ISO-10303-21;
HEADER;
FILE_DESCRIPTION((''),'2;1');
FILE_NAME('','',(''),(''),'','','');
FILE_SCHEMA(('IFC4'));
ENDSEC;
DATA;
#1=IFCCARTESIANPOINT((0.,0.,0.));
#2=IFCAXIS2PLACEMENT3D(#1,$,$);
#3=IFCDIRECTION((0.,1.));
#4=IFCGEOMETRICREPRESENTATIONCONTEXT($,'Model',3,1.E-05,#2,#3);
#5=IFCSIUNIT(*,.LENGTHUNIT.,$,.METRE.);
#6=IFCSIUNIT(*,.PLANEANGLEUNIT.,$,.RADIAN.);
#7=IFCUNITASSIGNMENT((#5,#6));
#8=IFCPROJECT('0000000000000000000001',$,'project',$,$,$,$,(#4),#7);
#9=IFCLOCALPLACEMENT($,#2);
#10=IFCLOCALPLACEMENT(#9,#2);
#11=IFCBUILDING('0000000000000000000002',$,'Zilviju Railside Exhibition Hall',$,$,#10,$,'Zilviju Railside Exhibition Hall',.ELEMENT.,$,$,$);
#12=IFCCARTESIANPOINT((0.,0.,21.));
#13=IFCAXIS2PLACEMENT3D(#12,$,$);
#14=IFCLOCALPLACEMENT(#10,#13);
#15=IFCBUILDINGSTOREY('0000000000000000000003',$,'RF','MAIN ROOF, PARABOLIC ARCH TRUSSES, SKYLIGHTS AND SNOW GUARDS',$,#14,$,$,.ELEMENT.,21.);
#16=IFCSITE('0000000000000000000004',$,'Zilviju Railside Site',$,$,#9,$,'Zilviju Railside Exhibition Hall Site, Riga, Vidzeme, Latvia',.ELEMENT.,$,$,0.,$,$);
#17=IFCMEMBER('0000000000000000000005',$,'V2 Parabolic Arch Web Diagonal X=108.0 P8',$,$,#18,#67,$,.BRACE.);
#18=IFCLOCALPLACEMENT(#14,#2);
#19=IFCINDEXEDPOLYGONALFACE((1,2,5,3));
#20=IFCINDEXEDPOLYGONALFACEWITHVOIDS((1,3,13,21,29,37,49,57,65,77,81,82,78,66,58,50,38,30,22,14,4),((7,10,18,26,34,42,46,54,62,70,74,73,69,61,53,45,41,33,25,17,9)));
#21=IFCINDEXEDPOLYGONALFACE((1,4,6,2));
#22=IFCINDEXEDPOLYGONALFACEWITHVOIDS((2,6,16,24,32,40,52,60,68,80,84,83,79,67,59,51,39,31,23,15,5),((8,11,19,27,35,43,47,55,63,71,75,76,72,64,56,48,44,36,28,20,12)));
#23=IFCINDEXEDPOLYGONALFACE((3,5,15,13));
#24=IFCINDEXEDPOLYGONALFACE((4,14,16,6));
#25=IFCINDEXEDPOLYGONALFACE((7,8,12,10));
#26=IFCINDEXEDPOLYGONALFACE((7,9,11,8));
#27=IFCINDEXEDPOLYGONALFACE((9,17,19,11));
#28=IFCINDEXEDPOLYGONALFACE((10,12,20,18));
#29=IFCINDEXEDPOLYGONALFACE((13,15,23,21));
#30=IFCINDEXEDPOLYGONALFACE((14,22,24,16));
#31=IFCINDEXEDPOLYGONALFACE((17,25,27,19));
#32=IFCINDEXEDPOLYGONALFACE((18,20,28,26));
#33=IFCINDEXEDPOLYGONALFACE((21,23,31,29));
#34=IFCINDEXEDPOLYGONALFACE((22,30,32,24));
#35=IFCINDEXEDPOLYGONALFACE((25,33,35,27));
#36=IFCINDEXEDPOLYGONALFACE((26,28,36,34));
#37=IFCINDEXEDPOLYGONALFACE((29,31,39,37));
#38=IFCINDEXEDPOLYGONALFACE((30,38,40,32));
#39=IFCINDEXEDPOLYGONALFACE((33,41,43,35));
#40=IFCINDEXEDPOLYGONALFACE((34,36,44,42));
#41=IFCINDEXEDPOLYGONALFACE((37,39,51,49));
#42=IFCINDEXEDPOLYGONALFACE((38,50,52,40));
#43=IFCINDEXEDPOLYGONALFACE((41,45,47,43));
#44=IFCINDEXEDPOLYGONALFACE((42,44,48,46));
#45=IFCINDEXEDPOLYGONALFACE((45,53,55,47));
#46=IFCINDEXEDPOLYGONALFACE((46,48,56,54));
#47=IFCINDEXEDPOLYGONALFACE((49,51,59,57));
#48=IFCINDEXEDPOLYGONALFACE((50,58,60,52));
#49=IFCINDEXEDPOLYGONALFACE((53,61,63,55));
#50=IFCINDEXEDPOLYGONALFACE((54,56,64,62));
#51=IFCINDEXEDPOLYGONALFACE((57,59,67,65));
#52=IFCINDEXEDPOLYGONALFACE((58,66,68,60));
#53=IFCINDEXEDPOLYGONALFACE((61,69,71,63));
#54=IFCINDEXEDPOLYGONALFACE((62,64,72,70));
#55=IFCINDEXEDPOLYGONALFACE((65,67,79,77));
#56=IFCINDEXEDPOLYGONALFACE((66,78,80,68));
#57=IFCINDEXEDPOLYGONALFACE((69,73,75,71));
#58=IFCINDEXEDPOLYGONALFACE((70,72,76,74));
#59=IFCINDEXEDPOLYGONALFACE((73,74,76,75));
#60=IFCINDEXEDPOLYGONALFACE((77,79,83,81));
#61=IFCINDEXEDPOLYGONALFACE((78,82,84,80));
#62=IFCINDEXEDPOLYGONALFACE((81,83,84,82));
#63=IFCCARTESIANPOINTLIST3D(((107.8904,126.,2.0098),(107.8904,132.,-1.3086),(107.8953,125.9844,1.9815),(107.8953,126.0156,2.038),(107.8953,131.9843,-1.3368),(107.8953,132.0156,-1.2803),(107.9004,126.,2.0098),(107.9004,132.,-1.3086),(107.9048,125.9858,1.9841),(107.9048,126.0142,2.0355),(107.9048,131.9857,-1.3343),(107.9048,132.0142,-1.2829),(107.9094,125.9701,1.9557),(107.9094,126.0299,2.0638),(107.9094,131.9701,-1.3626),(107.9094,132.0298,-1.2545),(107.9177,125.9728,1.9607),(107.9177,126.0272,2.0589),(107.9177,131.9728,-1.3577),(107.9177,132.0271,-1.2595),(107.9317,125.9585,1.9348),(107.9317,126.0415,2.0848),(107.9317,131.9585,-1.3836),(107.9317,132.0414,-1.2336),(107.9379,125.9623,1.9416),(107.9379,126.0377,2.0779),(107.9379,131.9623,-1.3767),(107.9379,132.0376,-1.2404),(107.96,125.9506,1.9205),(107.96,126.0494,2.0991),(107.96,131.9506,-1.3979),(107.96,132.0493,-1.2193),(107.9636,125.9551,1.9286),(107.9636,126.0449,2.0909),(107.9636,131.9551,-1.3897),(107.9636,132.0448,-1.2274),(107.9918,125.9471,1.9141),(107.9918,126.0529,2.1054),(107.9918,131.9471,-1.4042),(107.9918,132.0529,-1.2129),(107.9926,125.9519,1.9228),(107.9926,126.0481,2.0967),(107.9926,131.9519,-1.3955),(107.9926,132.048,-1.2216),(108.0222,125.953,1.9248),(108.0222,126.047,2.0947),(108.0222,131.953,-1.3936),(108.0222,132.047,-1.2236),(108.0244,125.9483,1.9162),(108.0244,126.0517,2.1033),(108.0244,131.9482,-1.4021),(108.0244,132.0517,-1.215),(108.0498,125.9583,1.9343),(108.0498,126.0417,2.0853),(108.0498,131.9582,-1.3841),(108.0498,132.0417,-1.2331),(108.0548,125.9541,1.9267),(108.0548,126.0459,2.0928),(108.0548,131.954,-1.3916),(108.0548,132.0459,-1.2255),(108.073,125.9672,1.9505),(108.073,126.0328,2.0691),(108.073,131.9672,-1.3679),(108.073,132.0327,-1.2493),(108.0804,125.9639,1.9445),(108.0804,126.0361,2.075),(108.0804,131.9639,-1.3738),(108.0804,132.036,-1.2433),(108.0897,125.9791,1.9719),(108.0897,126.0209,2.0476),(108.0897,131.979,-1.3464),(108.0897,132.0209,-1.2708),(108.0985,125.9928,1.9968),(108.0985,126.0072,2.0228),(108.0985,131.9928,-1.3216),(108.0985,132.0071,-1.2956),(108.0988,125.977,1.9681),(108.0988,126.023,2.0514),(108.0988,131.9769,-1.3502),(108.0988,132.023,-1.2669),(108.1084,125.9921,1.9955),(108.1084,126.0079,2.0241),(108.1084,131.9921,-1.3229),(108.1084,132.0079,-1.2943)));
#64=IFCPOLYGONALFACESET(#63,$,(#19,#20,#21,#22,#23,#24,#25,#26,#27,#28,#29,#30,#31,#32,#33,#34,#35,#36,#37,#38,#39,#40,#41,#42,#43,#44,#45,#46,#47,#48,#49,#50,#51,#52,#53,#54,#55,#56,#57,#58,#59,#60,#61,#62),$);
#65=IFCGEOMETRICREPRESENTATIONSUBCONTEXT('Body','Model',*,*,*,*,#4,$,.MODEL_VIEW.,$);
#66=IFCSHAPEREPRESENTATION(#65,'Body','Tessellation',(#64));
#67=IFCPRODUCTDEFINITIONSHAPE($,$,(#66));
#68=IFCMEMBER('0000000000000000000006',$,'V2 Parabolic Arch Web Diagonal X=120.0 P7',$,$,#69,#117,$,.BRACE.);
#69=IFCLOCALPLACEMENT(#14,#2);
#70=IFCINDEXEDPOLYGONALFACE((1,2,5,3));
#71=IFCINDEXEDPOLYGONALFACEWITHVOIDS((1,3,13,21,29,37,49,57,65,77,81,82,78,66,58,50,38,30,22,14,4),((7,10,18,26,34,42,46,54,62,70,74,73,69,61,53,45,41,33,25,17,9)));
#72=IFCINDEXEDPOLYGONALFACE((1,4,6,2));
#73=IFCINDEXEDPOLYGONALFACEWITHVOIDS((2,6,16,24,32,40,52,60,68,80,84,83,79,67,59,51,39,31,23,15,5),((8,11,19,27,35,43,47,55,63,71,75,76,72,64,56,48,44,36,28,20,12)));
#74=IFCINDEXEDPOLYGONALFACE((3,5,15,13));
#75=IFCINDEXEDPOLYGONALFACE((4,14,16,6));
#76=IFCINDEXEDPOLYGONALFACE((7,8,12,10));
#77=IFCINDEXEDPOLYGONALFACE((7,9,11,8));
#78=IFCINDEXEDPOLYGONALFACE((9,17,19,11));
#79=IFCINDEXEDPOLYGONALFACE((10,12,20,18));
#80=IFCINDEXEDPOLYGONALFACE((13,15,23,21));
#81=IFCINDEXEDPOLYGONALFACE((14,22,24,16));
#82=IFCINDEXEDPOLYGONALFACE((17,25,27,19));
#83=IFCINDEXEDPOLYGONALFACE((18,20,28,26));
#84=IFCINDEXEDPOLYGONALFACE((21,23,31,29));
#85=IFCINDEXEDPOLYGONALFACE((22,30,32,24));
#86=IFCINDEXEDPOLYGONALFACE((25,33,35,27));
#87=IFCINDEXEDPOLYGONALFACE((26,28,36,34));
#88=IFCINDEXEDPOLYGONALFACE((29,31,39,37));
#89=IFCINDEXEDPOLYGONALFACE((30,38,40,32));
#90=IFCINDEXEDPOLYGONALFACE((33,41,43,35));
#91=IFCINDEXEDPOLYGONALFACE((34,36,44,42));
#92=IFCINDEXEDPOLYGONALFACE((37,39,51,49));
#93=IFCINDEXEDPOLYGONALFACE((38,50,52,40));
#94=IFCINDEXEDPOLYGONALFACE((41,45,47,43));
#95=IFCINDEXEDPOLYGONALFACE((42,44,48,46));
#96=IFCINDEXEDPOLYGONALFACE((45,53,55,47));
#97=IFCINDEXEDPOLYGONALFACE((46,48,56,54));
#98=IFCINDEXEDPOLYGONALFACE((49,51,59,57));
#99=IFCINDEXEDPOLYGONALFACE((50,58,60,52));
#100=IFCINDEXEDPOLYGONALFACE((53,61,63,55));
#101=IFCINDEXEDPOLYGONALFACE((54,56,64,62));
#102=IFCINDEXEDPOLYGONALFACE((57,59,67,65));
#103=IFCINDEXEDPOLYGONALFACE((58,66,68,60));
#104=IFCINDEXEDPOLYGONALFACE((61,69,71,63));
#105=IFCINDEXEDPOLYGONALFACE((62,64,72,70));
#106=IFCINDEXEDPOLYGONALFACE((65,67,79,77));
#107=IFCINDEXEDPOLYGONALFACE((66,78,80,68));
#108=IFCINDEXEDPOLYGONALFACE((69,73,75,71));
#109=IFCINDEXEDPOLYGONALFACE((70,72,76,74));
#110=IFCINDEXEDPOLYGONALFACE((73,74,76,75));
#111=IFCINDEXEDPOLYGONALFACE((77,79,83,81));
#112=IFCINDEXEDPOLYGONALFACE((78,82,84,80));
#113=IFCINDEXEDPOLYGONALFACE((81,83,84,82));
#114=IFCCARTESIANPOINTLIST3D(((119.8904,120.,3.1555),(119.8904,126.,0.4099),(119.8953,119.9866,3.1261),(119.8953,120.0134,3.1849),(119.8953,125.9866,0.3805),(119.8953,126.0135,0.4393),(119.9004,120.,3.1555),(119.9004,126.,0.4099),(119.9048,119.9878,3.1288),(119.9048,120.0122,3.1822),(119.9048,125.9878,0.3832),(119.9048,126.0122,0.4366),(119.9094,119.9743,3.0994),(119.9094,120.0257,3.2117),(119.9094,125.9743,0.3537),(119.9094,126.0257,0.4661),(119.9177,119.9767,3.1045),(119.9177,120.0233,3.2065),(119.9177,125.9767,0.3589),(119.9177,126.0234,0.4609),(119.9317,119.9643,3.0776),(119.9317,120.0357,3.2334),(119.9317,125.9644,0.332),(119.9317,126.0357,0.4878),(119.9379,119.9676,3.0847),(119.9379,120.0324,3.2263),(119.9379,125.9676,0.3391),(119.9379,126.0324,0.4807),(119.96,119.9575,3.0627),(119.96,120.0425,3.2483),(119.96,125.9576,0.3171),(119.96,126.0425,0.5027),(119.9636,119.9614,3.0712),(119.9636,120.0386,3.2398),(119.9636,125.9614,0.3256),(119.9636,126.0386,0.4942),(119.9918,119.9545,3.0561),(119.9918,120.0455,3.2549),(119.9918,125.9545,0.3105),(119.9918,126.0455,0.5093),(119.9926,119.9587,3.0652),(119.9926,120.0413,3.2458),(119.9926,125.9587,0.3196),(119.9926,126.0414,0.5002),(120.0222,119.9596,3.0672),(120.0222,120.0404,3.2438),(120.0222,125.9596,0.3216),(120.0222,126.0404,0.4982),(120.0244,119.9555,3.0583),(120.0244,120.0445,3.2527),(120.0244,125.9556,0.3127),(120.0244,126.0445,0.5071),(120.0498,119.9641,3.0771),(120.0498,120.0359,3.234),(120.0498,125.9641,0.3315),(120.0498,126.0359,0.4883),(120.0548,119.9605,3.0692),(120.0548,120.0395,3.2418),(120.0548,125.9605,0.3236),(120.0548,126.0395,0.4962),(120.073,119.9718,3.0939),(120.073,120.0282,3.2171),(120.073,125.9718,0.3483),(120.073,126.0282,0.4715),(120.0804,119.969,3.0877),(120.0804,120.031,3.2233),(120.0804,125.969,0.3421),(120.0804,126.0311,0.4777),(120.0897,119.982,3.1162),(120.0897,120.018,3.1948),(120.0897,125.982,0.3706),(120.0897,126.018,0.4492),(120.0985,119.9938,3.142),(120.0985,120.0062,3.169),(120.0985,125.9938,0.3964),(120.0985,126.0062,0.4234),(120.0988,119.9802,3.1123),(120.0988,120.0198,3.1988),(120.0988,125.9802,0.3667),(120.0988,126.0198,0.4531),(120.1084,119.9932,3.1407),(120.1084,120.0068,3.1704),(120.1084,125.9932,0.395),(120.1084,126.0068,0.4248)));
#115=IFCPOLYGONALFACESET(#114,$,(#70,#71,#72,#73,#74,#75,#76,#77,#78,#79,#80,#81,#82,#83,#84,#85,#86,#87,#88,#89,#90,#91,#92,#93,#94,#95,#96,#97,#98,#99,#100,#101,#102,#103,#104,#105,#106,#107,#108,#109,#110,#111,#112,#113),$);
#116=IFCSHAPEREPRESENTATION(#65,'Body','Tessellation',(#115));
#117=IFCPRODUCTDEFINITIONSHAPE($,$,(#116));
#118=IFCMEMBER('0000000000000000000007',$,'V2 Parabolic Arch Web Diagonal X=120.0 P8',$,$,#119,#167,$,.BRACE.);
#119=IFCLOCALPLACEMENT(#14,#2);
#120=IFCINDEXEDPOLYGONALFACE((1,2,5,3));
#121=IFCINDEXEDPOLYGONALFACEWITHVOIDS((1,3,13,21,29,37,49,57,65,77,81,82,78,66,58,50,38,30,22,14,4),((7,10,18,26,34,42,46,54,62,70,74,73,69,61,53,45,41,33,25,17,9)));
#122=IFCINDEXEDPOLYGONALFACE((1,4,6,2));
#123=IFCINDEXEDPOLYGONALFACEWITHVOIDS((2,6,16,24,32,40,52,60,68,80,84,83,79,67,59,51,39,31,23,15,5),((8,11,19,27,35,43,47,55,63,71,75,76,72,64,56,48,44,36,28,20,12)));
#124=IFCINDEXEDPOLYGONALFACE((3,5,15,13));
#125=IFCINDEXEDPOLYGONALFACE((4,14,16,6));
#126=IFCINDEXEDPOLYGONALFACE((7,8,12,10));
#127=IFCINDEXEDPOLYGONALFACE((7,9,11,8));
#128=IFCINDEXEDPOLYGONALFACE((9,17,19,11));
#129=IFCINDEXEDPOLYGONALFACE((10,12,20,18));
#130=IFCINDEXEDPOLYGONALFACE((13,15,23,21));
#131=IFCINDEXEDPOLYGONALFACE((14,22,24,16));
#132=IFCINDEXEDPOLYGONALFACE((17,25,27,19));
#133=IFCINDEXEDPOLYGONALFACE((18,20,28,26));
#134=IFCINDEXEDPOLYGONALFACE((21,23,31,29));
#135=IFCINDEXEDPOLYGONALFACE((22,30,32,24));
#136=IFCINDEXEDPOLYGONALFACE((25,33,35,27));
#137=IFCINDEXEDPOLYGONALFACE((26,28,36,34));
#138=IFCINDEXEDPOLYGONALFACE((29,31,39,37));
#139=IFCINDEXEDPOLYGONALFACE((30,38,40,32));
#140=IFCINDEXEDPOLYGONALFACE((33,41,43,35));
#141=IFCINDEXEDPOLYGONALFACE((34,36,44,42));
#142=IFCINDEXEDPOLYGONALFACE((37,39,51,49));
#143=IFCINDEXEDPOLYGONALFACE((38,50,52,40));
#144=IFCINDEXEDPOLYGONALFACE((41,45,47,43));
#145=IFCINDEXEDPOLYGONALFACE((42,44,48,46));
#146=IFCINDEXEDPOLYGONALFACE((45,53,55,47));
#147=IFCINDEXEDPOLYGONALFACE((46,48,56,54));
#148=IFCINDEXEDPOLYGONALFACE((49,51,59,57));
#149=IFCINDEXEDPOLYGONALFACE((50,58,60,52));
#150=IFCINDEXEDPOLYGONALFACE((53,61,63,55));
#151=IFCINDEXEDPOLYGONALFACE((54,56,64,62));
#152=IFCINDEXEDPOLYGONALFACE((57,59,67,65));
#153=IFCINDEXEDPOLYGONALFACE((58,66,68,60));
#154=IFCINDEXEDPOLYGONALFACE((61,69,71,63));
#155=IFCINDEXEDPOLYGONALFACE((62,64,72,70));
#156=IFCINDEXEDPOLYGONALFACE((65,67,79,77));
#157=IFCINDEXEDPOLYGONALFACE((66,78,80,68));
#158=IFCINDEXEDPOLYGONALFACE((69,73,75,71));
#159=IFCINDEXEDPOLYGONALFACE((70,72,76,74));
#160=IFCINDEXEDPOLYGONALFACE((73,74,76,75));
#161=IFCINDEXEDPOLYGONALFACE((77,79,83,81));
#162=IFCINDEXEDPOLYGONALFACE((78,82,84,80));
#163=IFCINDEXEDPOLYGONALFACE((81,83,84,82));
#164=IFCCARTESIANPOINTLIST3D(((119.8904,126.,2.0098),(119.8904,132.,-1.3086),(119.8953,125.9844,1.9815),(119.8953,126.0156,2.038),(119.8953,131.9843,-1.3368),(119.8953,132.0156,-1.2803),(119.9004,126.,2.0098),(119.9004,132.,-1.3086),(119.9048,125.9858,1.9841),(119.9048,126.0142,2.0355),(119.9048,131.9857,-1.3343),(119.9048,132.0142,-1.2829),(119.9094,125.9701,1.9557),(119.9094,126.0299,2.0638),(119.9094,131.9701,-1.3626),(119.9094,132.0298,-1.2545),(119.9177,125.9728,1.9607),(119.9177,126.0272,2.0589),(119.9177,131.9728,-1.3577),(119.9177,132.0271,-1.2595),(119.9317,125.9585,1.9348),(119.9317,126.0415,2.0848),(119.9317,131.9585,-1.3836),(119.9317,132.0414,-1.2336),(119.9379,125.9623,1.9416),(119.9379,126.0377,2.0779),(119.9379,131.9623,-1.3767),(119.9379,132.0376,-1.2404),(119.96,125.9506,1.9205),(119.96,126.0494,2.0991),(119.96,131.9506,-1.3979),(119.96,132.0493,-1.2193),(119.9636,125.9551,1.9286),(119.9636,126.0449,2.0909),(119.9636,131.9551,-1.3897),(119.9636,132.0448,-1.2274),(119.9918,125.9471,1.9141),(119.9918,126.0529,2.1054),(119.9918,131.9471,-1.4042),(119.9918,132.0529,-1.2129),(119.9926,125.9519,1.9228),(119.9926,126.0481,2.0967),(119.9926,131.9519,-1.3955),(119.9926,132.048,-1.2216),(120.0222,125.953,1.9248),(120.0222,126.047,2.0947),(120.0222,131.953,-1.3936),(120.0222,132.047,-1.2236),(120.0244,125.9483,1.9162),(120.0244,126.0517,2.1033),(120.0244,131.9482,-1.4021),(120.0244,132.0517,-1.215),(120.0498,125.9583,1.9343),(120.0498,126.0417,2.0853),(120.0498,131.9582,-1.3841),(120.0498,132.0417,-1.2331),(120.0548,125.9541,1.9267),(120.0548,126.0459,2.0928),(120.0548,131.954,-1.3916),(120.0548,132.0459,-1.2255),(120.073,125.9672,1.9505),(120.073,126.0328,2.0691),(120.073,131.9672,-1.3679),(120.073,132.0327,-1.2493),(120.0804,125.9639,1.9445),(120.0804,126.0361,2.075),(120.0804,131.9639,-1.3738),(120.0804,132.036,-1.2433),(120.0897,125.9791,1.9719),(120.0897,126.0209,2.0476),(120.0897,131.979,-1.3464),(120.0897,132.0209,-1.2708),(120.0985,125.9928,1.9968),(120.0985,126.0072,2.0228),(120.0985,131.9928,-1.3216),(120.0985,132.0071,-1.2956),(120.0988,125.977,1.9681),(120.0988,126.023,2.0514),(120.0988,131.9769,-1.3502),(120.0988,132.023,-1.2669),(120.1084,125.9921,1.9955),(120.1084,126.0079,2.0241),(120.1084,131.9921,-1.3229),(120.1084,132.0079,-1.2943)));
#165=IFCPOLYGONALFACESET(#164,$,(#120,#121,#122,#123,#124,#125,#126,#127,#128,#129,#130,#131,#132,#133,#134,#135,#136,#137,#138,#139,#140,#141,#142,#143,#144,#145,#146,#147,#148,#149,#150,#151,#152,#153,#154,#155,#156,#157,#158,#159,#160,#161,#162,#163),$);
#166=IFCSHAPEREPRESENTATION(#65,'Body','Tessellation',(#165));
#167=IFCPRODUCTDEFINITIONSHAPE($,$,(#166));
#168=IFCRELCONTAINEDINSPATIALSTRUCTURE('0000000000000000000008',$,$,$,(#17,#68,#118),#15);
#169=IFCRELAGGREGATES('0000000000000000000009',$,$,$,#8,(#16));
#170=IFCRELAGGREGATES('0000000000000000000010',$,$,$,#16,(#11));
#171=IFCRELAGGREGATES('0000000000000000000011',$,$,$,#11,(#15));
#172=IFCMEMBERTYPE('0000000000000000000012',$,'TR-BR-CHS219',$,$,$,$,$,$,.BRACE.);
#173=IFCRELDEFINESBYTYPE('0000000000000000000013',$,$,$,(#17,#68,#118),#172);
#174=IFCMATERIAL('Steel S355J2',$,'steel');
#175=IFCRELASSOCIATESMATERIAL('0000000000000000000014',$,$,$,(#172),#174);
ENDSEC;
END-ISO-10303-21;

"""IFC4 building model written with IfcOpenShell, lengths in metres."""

from ifc_helpers import new_model, si_unit, direction, frame, origin, origin_2d, place, context, subcontext, project, spatial, hollow_circle, extrude, material, material_profile, profile_set, type_object, element, save


model = new_model("IFC4")

# Units and contexts
model_context = context("Model", 3, precision=1e-05, world=origin(), true_north=direction((0.0, 1.0)))
body_context = subcontext(model_context, "Body", "Model", "MODEL_VIEW")
ifc_project = project(units=[si_unit("LENGTHUNIT", "METRE"), si_unit("PLANEANGLEUNIT", "RADIAN")], contexts=[model_context])

# Site, building, storey
site_placement = place(None, origin())
site = spatial("IfcSite", under=ifc_project, at=site_placement, Name="Zilviju Railside Site", LongName="Zilviju Railside Exhibition Hall Site, Riga, Vidzeme, Latvia", CompositionType="ELEMENT", RefElevation=0.0)
building_placement = place(site_placement, origin())
building = spatial("IfcBuilding", under=site, at=building_placement, Name="Zilviju Railside Exhibition Hall", LongName="Zilviju Railside Exhibition Hall", CompositionType="ELEMENT")
storey_placement = place(building_placement, frame((0.0, 0.0, 21.0)))
storey = spatial("IfcBuildingStorey", under=building, at=storey_placement, Name="RF", Description="MAIN ROOF, PARABOLIC ARCH TRUSSES, SKYLIGHTS AND SNOW GUARDS", CompositionType="ELEMENT", Elevation=21.0)

# Members
ifc_material_1 = material(Name="Steel S355J2", Category="steel")
ifc_material_profile_1 = material_profile(ifc_material_1, hollow_circle(Radius=0.1096, WallThickness=0.01, at=origin_2d()), Name="CHS 219.1x10.0")
ifc_profile_set_1 = profile_set([ifc_material_profile_1], Name="Steel S355J2")
member_type_1 = type_object("IfcMemberType", Name="TR-BR-CHS219", PredefinedType="BRACE", material=ifc_profile_set_1)
member_1_placement = place(storey_placement, frame((108.0, 126.0, 2.0098), z_axis=(0.0, 0.875083, -0.483973), x_axis=(-1.0, 0.0, 0.0)))
element("IfcMember", 1, at=member_1_placement, inside=storey, type_object=member_type_1, Name="V2 Parabolic Arch Web Diagonal X=108.0 P8", PredefinedType="BRACE", context=body_context, shape_type="SweptSolid", body=[
    extrude(hollow_circle(Radius=0.1096, WallThickness=0.01, at=origin_2d()), origin(), (0.0, 0.0, 1.0), 6.8564),
])
member_2_placement = place(storey_placement, frame((120.0, 120.0, 3.1555), z_axis=(0.0, 0.909317, -0.416104), x_axis=(-1.0, 0.0, 0.0)))
element("IfcMember", 2, at=member_2_placement, inside=storey, type_object=member_type_1, Name="V2 Parabolic Arch Web Diagonal X=120.0 P7", PredefinedType="BRACE", context=body_context, shape_type="SweptSolid", body=[
    extrude(hollow_circle(Radius=0.1096, WallThickness=0.01, at=origin_2d()), origin(), (0.0, 0.0, 1.0), 6.5984),
])
member_3_placement = place(storey_placement, frame((120.0, 126.0, 2.0098), z_axis=(0.0, 0.875083, -0.483973), x_axis=(-1.0, 0.0, 0.0)))
element("IfcMember", 3, at=member_3_placement, inside=storey, type_object=member_type_1, Name="V2 Parabolic Arch Web Diagonal X=120.0 P8", PredefinedType="BRACE", context=body_context, shape_type="SweptSolid", body=[
    extrude(hollow_circle(Radius=0.1096, WallThickness=0.01, at=origin_2d()), origin(), (0.0, 0.0, 1.0), 6.8564),
])

save(model, "model.ifc")
